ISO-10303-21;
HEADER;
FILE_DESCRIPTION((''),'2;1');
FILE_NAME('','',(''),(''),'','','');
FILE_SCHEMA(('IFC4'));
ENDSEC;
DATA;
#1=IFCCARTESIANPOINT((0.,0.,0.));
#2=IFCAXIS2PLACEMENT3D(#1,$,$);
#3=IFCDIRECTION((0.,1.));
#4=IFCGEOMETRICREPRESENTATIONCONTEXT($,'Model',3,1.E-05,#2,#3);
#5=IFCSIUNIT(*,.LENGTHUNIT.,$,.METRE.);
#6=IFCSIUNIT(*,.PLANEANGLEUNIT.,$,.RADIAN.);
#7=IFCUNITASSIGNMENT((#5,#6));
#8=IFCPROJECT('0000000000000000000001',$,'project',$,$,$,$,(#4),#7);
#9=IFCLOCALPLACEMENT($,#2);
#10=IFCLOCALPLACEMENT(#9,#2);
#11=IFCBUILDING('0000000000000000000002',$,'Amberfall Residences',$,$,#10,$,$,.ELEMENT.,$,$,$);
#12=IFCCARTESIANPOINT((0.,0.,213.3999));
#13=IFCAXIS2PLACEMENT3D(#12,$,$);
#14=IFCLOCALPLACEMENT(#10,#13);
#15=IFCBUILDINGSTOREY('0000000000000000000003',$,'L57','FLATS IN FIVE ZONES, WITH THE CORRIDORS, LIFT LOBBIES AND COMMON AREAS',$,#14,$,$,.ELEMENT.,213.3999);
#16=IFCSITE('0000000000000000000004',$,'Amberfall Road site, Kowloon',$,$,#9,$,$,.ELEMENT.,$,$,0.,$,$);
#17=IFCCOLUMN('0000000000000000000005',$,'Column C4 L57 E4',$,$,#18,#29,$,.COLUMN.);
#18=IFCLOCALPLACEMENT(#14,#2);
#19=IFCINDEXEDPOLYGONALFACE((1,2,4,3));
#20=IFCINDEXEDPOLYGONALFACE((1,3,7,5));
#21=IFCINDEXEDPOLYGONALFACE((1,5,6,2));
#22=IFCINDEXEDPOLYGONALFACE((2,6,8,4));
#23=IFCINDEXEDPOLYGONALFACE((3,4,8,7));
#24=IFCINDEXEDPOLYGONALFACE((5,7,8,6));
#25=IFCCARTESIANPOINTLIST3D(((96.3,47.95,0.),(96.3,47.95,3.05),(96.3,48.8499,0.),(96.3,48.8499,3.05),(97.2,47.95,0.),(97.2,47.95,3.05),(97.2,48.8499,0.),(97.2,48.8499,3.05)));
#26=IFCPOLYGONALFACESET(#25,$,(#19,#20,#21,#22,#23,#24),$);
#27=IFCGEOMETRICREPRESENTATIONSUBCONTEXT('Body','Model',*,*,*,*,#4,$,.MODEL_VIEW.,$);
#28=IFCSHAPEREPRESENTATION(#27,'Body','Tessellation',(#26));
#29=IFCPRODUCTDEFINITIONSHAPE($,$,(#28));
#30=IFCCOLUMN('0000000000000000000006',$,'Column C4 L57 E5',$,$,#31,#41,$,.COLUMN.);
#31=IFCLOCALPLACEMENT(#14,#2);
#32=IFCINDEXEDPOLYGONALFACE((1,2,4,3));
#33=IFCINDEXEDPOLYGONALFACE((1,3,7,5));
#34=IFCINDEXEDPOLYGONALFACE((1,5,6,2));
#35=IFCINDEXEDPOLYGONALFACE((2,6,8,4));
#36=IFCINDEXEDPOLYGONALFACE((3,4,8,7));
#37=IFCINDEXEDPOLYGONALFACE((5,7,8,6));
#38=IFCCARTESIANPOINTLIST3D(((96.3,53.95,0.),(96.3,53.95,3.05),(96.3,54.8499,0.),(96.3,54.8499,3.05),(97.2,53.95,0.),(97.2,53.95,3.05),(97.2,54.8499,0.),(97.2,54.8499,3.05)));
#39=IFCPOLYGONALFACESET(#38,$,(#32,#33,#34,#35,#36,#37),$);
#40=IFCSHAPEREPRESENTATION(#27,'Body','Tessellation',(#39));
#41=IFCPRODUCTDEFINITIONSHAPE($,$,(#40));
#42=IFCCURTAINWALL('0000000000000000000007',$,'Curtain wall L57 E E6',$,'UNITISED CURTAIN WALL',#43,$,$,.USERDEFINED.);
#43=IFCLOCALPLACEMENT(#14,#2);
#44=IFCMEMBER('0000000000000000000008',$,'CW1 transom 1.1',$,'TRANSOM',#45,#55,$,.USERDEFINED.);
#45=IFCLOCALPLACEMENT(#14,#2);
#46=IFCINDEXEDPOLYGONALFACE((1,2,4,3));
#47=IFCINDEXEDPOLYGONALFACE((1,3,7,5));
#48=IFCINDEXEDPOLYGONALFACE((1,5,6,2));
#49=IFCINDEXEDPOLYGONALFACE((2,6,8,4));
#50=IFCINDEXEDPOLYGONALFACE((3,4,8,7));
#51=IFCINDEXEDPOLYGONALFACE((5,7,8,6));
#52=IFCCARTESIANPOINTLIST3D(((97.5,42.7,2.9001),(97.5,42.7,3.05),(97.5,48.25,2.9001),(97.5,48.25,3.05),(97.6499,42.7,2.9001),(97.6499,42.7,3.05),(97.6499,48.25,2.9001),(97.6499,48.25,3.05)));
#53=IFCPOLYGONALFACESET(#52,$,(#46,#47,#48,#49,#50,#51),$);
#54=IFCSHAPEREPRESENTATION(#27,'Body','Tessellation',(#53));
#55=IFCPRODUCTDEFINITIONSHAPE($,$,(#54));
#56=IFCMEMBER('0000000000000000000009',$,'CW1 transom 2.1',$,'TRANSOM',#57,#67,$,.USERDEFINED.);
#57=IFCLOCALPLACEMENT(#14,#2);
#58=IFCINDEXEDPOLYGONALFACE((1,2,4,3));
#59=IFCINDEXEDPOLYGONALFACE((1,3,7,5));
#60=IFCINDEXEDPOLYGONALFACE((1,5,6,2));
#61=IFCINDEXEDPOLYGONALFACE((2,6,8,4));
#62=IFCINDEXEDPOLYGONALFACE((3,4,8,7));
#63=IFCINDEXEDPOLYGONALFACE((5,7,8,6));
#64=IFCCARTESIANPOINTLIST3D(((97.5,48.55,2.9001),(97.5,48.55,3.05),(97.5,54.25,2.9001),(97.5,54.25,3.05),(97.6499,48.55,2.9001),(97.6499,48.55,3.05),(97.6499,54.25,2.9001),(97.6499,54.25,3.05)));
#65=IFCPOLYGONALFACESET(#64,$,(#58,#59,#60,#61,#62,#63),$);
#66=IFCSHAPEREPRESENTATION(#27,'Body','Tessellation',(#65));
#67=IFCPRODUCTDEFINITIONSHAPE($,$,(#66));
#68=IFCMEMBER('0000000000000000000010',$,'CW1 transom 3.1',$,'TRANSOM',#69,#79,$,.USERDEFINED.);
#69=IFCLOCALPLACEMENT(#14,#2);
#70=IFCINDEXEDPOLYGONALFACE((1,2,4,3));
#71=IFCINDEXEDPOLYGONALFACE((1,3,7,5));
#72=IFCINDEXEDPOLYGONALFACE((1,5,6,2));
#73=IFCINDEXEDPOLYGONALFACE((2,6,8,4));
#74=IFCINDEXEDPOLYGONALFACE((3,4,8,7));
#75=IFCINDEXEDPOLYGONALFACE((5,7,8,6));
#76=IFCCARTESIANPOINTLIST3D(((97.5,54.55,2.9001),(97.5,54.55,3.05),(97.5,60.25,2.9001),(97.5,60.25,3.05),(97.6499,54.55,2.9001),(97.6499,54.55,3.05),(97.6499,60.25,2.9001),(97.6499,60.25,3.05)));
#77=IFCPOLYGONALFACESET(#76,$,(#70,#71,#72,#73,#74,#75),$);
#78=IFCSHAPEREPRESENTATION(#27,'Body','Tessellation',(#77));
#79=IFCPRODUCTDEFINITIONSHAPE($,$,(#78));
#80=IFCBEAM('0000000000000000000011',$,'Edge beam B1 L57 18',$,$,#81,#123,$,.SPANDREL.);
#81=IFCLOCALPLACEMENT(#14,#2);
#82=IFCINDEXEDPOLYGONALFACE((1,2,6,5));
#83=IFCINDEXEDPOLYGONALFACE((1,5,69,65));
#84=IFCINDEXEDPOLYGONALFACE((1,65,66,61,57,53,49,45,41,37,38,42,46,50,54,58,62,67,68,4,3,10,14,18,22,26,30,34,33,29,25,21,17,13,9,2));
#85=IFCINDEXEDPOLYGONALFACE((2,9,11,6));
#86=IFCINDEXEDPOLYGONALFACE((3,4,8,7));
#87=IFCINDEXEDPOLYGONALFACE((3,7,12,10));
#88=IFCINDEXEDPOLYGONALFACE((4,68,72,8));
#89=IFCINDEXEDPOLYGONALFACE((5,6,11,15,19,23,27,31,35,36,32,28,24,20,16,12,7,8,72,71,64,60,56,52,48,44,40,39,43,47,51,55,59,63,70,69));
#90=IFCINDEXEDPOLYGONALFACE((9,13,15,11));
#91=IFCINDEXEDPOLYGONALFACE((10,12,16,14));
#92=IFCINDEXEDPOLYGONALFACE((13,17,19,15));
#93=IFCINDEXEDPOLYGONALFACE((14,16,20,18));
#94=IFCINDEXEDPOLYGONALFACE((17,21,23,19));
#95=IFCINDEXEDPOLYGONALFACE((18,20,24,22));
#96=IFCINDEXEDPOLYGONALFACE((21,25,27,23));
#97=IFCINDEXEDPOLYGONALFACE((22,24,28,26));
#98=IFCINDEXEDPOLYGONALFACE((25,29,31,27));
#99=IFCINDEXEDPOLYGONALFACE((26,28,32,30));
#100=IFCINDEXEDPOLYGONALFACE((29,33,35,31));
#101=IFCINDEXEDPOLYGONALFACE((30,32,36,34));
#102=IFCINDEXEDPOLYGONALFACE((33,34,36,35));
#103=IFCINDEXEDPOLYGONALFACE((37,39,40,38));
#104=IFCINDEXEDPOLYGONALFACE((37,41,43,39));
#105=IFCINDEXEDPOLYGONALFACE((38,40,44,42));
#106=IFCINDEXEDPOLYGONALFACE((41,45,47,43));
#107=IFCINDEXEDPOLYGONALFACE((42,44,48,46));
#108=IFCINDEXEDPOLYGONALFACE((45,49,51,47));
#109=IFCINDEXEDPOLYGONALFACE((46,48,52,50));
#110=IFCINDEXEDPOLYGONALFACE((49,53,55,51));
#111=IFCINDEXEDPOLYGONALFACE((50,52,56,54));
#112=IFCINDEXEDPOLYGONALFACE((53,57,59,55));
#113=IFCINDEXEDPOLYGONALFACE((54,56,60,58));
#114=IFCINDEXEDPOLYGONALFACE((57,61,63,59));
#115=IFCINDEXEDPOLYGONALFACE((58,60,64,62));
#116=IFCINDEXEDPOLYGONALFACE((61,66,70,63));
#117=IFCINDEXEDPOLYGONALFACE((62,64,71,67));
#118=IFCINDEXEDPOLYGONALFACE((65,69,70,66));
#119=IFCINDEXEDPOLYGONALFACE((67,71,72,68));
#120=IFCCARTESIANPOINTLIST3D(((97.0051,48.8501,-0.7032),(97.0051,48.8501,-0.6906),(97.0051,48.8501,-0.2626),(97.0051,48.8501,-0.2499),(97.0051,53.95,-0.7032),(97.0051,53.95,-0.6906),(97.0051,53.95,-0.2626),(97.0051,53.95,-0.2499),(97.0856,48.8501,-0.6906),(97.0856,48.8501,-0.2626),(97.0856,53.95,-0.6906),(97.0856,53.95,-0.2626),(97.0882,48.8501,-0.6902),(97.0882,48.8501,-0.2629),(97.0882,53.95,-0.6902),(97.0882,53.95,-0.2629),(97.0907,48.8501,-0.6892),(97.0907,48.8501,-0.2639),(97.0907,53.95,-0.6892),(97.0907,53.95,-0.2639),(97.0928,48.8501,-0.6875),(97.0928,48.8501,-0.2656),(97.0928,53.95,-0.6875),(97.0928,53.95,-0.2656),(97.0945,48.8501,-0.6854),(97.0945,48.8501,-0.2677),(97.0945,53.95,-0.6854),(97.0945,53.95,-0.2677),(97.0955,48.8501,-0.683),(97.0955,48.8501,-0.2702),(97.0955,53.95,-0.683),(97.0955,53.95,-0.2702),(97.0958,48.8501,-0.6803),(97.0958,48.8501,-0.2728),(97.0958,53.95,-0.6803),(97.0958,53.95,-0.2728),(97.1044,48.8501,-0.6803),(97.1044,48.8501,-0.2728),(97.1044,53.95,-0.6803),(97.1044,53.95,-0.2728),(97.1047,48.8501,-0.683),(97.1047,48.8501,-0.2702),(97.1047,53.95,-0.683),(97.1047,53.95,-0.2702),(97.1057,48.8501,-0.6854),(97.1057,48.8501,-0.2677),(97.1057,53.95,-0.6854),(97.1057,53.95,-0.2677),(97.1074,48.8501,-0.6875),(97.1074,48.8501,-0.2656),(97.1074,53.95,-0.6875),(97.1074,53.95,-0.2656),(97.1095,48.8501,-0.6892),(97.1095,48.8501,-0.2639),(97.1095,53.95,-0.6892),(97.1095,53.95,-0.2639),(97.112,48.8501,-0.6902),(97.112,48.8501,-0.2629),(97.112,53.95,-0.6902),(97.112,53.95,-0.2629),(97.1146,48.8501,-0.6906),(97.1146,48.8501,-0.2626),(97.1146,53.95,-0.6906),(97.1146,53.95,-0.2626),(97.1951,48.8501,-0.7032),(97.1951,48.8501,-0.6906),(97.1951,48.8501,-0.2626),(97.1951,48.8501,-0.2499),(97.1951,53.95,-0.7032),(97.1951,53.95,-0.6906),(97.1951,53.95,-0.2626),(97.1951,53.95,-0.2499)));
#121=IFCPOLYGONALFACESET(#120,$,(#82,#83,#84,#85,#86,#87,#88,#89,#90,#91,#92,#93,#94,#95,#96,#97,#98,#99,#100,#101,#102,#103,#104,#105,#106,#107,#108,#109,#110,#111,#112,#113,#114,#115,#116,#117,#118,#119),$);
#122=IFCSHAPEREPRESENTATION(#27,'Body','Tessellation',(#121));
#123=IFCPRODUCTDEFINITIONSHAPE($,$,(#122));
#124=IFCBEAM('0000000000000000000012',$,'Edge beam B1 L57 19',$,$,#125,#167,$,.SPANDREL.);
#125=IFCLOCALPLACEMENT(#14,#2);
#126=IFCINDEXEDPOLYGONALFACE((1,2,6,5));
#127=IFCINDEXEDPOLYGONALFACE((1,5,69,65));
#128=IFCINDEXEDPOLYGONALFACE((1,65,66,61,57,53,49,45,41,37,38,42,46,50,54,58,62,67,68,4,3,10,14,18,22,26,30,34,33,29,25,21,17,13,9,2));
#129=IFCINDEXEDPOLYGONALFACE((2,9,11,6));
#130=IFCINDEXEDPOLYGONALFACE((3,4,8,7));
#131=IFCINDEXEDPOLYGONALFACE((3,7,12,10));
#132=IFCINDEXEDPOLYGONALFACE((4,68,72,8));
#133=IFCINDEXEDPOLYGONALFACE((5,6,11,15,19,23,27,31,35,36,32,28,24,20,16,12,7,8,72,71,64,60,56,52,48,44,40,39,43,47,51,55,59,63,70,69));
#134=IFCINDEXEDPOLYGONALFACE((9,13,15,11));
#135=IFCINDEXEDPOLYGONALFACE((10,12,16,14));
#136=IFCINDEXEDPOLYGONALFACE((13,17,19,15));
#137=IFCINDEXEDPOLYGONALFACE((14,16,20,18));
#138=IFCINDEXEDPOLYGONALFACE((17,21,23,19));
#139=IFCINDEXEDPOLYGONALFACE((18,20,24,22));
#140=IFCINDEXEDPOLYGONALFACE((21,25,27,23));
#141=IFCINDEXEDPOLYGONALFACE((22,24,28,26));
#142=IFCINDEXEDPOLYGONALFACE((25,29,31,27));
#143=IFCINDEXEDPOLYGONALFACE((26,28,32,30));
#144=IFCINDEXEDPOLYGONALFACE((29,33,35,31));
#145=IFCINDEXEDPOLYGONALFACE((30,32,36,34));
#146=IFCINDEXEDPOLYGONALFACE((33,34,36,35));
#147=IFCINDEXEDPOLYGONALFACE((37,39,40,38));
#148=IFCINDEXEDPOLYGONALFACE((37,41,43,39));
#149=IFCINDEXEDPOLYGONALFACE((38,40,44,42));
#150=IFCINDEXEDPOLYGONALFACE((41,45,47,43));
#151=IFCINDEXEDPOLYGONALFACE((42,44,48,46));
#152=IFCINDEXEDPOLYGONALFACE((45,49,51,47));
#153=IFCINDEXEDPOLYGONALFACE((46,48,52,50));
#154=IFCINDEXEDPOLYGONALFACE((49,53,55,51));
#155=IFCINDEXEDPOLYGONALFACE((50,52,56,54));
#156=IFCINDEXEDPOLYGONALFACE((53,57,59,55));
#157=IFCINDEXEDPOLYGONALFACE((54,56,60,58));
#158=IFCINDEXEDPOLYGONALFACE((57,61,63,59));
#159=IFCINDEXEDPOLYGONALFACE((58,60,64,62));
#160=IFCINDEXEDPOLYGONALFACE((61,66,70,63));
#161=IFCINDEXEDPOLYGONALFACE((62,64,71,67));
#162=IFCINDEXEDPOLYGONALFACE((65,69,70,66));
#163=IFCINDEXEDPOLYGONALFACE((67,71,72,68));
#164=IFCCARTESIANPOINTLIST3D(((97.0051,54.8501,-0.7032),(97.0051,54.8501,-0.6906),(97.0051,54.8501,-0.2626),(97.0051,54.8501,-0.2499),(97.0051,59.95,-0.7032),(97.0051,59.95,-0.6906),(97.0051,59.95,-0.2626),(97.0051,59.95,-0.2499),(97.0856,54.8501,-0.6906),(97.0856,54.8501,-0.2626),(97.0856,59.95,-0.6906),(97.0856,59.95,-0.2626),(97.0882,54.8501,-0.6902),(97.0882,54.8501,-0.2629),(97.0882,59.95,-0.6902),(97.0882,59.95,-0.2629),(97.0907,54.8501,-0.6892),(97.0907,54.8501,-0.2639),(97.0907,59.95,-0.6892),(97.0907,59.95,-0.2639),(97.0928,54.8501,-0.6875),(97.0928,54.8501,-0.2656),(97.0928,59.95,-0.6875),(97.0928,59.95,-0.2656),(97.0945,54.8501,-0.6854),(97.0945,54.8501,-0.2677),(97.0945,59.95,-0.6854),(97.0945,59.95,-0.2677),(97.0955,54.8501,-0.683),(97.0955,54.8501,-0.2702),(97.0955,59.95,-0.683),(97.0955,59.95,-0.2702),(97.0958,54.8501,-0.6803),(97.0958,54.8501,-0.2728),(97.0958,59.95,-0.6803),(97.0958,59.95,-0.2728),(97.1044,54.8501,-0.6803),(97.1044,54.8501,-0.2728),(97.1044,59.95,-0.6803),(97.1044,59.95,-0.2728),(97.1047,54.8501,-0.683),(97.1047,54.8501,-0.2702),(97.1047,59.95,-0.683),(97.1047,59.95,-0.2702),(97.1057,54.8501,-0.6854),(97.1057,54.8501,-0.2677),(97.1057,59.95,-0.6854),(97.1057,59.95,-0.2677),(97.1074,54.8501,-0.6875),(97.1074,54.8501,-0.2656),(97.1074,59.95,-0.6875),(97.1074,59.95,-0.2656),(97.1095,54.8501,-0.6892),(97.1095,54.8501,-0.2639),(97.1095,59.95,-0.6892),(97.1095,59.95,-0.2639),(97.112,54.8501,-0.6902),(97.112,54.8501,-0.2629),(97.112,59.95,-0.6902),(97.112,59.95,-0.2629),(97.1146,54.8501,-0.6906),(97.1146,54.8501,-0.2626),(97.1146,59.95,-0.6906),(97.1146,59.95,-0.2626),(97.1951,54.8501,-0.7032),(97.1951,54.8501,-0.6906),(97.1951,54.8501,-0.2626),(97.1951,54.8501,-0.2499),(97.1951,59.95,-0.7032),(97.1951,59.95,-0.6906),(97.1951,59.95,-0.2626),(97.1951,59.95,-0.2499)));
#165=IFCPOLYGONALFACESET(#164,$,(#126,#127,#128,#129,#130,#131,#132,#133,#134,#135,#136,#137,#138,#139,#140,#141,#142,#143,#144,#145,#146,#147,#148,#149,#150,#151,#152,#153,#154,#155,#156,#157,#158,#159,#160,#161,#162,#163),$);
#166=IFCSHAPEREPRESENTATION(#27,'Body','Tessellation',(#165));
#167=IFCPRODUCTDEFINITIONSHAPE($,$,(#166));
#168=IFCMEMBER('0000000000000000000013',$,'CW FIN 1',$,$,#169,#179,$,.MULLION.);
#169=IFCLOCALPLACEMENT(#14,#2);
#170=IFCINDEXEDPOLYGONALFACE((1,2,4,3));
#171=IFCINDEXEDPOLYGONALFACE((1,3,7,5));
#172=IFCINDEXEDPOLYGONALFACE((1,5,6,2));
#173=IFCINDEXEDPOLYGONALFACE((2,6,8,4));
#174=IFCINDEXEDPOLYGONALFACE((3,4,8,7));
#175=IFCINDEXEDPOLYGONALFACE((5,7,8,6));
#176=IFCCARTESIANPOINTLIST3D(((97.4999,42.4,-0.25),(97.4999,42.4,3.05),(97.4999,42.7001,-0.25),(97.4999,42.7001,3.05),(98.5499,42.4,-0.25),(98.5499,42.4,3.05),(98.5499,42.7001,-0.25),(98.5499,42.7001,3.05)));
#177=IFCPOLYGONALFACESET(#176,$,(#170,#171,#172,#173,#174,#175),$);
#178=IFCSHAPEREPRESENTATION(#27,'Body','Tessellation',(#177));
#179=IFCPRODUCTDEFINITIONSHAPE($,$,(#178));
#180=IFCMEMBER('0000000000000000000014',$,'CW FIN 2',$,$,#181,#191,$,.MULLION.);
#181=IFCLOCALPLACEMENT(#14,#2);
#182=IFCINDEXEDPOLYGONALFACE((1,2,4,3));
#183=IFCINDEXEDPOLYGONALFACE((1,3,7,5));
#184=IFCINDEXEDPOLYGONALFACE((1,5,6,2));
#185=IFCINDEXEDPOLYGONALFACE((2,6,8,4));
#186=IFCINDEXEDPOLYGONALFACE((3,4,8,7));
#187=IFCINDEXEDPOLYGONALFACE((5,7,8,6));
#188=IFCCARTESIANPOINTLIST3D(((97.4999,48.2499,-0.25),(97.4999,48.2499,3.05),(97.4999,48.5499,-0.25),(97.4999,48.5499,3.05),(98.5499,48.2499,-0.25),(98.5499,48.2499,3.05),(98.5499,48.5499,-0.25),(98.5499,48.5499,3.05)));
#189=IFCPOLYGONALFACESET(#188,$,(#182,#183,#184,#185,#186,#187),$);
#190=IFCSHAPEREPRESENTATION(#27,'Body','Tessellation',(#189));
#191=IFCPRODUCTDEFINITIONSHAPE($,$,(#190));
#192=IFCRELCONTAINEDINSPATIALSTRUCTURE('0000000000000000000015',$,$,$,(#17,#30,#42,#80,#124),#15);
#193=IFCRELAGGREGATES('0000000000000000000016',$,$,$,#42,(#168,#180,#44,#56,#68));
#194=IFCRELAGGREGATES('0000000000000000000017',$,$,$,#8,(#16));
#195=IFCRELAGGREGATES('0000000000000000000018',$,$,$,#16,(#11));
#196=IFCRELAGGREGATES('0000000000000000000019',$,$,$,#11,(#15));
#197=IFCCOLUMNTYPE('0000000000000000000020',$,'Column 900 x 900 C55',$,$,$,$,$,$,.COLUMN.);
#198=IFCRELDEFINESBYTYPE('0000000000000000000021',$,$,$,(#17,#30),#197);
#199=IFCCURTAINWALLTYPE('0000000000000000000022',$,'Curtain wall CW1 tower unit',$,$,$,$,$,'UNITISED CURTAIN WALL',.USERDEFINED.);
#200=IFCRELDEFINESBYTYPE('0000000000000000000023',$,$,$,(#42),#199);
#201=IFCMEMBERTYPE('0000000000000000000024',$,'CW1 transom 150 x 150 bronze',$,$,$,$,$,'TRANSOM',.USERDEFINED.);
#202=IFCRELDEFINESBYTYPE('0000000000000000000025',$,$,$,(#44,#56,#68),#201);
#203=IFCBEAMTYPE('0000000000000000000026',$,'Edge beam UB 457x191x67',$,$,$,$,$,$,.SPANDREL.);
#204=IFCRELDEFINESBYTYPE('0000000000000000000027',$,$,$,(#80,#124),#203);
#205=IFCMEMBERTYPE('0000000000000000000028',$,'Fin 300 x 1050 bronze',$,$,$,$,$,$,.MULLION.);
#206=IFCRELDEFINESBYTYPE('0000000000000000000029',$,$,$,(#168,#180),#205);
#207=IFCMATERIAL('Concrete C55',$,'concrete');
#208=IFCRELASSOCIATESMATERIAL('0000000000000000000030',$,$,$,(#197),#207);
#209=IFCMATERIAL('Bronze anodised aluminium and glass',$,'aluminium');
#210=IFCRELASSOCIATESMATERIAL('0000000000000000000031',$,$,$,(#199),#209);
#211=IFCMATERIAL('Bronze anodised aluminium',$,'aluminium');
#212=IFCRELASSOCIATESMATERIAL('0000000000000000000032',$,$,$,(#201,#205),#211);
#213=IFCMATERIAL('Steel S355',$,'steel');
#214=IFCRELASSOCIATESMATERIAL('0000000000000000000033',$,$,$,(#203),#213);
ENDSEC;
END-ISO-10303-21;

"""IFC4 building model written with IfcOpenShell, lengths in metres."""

from ifc_helpers import new_model, si_unit, direction, frame, origin, origin_2d, place, context, subcontext, project, spatial, rectangle, i_section, extrude, material, material_profile, profile_set, type_object, element, aggregate, save


model = new_model("IFC4")

# Units and contexts
model_context = context("Model", 3, precision=1e-05, world=origin(), true_north=direction((0.0, 1.0)))
body_context = subcontext(model_context, "Body", "Model", "MODEL_VIEW")
ifc_project = project(units=[si_unit("LENGTHUNIT", "METRE"), si_unit("PLANEANGLEUNIT", "RADIAN")], contexts=[model_context])

# Site, building, storey
site_placement = place(None, origin())
site = spatial("IfcSite", under=ifc_project, at=site_placement, Name="Amberfall Road site, Kowloon", CompositionType="ELEMENT", RefElevation=0.0)
building_placement = place(site_placement, origin())
building = spatial("IfcBuilding", under=site, at=building_placement, Name="Amberfall Residences", CompositionType="ELEMENT")
storey_placement = place(building_placement, frame((0.0, 0.0, 213.3999)))
storey = spatial("IfcBuildingStorey", under=building, at=storey_placement, Name="L57", Description="FLATS IN FIVE ZONES, WITH THE CORRIDORS, LIFT LOBBIES AND COMMON AREAS", CompositionType="ELEMENT", Elevation=213.3999)

# Columns
ifc_material_1 = material(Name="Concrete C55", Category="concrete")
ifc_material_profile_1 = material_profile(ifc_material_1, rectangle(XDim=0.8999, YDim=0.8999, at=origin_2d()), Name="Column 900 x 900 C55")
ifc_profile_set_1 = profile_set([ifc_material_profile_1], Name="Concrete C55")
column_type = type_object("IfcColumnType", Name="Column 900 x 900 C55", PredefinedType="COLUMN", material=ifc_profile_set_1)
for number, where, z_axis, x_axis, name in (
    (1, (96.75, 48.3999, 0.0), (0.0, 0.0, 1.0), (1.0, 0.0, 0.0), "Column C4 L57 E4"),
    (2, (96.75, 54.3999, 0.0), (0.0, 0.0, 1.0), (1.0, 0.0, 0.0), "Column C4 L57 E5"),
):
    element("IfcColumn", number, at=place(storey_placement, frame(where, z_axis=z_axis, x_axis=x_axis)), inside=storey, type_object=column_type, Name=name, PredefinedType="COLUMN", context=body_context, shape_type="SweptSolid", body=[
        extrude(rectangle(XDim=0.8999, YDim=0.8999, at=origin_2d()), origin(), (0.0, 0.0, 1.0), 3.05),
    ])

# Curtain wall, members
ifc_material_2 = material(Name="Bronze anodised aluminium and glass", Category="aluminium")
curtain_wall_type = type_object("IfcCurtainWallType", Name="Curtain wall CW1 tower unit", ElementType="UNITISED CURTAIN WALL", PredefinedType="USERDEFINED", material=ifc_material_2)
curtain_wall_placement = place(storey_placement, origin())
curtain_wall = element("IfcCurtainWall", 3, at=curtain_wall_placement, inside=storey, type_object=curtain_wall_type, Name="Curtain wall L57 E E6", ObjectType="UNITISED CURTAIN WALL", PredefinedType="USERDEFINED")
ifc_material_3 = material(Name="Bronze anodised aluminium", Category="aluminium")
ifc_material_profile_2 = material_profile(ifc_material_3, rectangle(XDim=0.1499, YDim=0.1499, at=origin_2d()), Name="CW1 transom 150 x 150 bronze")
ifc_profile_set_2 = profile_set([ifc_material_profile_2], Name="Bronze anodised aluminium")
member_type_1 = type_object("IfcMemberType", Name="CW1 transom 150 x 150 bronze", ElementType="TRANSOM", PredefinedType="USERDEFINED", material=ifc_profile_set_2)
member_1_placement = place(storey_placement, frame((97.575, 42.7, 2.9751), z_axis=(0.0, 1.0, 0.0), x_axis=(-1.0, 0.0, 0.0)))
member_1 = element("IfcMember", 4, at=member_1_placement, type_object=member_type_1, Name="CW1 transom 1.1", ObjectType="TRANSOM", PredefinedType="USERDEFINED", context=body_context, shape_type="SweptSolid", body=[
    extrude(rectangle(XDim=0.1499, YDim=0.1499, at=origin_2d()), origin(), (0.0, 0.0, 1.0), 5.55),
])
member_2_placement = place(storey_placement, frame((97.575, 48.55, 2.9751), z_axis=(0.0, 1.0, 0.0), x_axis=(-1.0, 0.0, 0.0)))
member_2 = element("IfcMember", 5, at=member_2_placement, type_object=member_type_1, Name="CW1 transom 2.1", ObjectType="TRANSOM", PredefinedType="USERDEFINED", context=body_context, shape_type="SweptSolid", body=[
    extrude(rectangle(XDim=0.1499, YDim=0.1499, at=origin_2d()), origin(), (0.0, 0.0, 1.0), 5.7),
])
member_3_placement = place(storey_placement, frame((97.575, 54.55, 2.9751), z_axis=(0.0, 1.0, 0.0), x_axis=(-1.0, 0.0, 0.0)))
member_3 = element("IfcMember", 6, at=member_3_placement, type_object=member_type_1, Name="CW1 transom 3.1", ObjectType="TRANSOM", PredefinedType="USERDEFINED", context=body_context, shape_type="SweptSolid", body=[
    extrude(rectangle(XDim=0.1499, YDim=0.1499, at=origin_2d()), origin(), (0.0, 0.0, 1.0), 5.7),
])

# Beams
ifc_material_4 = material(Name="Steel S355", Category="steel")
ifc_material_profile_3 = material_profile(ifc_material_4, i_section(OverallWidth=0.1899, OverallDepth=0.4534, WebThickness=0.0085, FlangeThickness=0.0127, FilletRadius=0.0103, at=origin_2d()), Name="UB 457x191x67")
ifc_profile_set_3 = profile_set([ifc_material_profile_3], Name="Steel S355")
beam_type_1 = type_object("IfcBeamType", Name="Edge beam UB 457x191x67", PredefinedType="SPANDREL", material=ifc_profile_set_3)
for number, where, z_axis, x_axis, name in (
    (7, (97.1001, 48.8501, -0.4766), (0.0, 1.0, 0.0), (-1.0, 0.0, 0.0), "Edge beam B1 L57 18"),
    (8, (97.1001, 54.8501, -0.4766), (0.0, 1.0, 0.0), (-1.0, 0.0, 0.0), "Edge beam B1 L57 19"),
):
    element("IfcBeam", number, at=place(storey_placement, frame(where, z_axis=z_axis, x_axis=x_axis)), inside=storey, type_object=beam_type_1, Name=name, PredefinedType="SPANDREL", context=body_context, shape_type="SweptSolid", body=[
        extrude(i_section(OverallWidth=0.1899, OverallDepth=0.4534, WebThickness=0.0085, FlangeThickness=0.0127, FilletRadius=0.0103, at=origin_2d()), origin(), (0.0, 0.0, 1.0), 5.0999),
    ])

# Members
ifc_material_profile_4 = material_profile(ifc_material_3, rectangle(XDim=1.05, YDim=0.3, at=origin_2d()), Name="Fin 300 x 1050 bronze")
ifc_profile_set_4 = profile_set([ifc_material_profile_4], Name="Bronze anodised aluminium")
member_type_2 = type_object("IfcMemberType", Name="Fin 300 x 1050 bronze", PredefinedType="MULLION", material=ifc_profile_set_4)
member_4_placement = place(storey_placement, frame((98.0249, 42.55, -0.25), z_axis=(0.0, 0.0, 1.0), x_axis=(-1.0, 0.0, 0.0)))
member_4 = element("IfcMember", 9, at=member_4_placement, type_object=member_type_2, Name="CW FIN 1", PredefinedType="MULLION", context=body_context, shape_type="SweptSolid", body=[
    extrude(rectangle(XDim=1.05, YDim=0.3, at=origin_2d()), origin(), (0.0, 0.0, 1.0), 3.3),
])
member_5_placement = place(storey_placement, frame((98.0249, 48.3999, -0.25), z_axis=(0.0, 0.0, 1.0), x_axis=(-1.0, 0.0, 0.0)))
member_5 = element("IfcMember", 10, at=member_5_placement, type_object=member_type_2, Name="CW FIN 2", PredefinedType="MULLION", context=body_context, shape_type="SweptSolid", body=[
    extrude(rectangle(XDim=1.05, YDim=0.3, at=origin_2d()), origin(), (0.0, 0.0, 1.0), 3.3),
])

aggregate(curtain_wall, [member_4, member_5, member_1, member_2, member_3])

save(model, "model.ifc")
